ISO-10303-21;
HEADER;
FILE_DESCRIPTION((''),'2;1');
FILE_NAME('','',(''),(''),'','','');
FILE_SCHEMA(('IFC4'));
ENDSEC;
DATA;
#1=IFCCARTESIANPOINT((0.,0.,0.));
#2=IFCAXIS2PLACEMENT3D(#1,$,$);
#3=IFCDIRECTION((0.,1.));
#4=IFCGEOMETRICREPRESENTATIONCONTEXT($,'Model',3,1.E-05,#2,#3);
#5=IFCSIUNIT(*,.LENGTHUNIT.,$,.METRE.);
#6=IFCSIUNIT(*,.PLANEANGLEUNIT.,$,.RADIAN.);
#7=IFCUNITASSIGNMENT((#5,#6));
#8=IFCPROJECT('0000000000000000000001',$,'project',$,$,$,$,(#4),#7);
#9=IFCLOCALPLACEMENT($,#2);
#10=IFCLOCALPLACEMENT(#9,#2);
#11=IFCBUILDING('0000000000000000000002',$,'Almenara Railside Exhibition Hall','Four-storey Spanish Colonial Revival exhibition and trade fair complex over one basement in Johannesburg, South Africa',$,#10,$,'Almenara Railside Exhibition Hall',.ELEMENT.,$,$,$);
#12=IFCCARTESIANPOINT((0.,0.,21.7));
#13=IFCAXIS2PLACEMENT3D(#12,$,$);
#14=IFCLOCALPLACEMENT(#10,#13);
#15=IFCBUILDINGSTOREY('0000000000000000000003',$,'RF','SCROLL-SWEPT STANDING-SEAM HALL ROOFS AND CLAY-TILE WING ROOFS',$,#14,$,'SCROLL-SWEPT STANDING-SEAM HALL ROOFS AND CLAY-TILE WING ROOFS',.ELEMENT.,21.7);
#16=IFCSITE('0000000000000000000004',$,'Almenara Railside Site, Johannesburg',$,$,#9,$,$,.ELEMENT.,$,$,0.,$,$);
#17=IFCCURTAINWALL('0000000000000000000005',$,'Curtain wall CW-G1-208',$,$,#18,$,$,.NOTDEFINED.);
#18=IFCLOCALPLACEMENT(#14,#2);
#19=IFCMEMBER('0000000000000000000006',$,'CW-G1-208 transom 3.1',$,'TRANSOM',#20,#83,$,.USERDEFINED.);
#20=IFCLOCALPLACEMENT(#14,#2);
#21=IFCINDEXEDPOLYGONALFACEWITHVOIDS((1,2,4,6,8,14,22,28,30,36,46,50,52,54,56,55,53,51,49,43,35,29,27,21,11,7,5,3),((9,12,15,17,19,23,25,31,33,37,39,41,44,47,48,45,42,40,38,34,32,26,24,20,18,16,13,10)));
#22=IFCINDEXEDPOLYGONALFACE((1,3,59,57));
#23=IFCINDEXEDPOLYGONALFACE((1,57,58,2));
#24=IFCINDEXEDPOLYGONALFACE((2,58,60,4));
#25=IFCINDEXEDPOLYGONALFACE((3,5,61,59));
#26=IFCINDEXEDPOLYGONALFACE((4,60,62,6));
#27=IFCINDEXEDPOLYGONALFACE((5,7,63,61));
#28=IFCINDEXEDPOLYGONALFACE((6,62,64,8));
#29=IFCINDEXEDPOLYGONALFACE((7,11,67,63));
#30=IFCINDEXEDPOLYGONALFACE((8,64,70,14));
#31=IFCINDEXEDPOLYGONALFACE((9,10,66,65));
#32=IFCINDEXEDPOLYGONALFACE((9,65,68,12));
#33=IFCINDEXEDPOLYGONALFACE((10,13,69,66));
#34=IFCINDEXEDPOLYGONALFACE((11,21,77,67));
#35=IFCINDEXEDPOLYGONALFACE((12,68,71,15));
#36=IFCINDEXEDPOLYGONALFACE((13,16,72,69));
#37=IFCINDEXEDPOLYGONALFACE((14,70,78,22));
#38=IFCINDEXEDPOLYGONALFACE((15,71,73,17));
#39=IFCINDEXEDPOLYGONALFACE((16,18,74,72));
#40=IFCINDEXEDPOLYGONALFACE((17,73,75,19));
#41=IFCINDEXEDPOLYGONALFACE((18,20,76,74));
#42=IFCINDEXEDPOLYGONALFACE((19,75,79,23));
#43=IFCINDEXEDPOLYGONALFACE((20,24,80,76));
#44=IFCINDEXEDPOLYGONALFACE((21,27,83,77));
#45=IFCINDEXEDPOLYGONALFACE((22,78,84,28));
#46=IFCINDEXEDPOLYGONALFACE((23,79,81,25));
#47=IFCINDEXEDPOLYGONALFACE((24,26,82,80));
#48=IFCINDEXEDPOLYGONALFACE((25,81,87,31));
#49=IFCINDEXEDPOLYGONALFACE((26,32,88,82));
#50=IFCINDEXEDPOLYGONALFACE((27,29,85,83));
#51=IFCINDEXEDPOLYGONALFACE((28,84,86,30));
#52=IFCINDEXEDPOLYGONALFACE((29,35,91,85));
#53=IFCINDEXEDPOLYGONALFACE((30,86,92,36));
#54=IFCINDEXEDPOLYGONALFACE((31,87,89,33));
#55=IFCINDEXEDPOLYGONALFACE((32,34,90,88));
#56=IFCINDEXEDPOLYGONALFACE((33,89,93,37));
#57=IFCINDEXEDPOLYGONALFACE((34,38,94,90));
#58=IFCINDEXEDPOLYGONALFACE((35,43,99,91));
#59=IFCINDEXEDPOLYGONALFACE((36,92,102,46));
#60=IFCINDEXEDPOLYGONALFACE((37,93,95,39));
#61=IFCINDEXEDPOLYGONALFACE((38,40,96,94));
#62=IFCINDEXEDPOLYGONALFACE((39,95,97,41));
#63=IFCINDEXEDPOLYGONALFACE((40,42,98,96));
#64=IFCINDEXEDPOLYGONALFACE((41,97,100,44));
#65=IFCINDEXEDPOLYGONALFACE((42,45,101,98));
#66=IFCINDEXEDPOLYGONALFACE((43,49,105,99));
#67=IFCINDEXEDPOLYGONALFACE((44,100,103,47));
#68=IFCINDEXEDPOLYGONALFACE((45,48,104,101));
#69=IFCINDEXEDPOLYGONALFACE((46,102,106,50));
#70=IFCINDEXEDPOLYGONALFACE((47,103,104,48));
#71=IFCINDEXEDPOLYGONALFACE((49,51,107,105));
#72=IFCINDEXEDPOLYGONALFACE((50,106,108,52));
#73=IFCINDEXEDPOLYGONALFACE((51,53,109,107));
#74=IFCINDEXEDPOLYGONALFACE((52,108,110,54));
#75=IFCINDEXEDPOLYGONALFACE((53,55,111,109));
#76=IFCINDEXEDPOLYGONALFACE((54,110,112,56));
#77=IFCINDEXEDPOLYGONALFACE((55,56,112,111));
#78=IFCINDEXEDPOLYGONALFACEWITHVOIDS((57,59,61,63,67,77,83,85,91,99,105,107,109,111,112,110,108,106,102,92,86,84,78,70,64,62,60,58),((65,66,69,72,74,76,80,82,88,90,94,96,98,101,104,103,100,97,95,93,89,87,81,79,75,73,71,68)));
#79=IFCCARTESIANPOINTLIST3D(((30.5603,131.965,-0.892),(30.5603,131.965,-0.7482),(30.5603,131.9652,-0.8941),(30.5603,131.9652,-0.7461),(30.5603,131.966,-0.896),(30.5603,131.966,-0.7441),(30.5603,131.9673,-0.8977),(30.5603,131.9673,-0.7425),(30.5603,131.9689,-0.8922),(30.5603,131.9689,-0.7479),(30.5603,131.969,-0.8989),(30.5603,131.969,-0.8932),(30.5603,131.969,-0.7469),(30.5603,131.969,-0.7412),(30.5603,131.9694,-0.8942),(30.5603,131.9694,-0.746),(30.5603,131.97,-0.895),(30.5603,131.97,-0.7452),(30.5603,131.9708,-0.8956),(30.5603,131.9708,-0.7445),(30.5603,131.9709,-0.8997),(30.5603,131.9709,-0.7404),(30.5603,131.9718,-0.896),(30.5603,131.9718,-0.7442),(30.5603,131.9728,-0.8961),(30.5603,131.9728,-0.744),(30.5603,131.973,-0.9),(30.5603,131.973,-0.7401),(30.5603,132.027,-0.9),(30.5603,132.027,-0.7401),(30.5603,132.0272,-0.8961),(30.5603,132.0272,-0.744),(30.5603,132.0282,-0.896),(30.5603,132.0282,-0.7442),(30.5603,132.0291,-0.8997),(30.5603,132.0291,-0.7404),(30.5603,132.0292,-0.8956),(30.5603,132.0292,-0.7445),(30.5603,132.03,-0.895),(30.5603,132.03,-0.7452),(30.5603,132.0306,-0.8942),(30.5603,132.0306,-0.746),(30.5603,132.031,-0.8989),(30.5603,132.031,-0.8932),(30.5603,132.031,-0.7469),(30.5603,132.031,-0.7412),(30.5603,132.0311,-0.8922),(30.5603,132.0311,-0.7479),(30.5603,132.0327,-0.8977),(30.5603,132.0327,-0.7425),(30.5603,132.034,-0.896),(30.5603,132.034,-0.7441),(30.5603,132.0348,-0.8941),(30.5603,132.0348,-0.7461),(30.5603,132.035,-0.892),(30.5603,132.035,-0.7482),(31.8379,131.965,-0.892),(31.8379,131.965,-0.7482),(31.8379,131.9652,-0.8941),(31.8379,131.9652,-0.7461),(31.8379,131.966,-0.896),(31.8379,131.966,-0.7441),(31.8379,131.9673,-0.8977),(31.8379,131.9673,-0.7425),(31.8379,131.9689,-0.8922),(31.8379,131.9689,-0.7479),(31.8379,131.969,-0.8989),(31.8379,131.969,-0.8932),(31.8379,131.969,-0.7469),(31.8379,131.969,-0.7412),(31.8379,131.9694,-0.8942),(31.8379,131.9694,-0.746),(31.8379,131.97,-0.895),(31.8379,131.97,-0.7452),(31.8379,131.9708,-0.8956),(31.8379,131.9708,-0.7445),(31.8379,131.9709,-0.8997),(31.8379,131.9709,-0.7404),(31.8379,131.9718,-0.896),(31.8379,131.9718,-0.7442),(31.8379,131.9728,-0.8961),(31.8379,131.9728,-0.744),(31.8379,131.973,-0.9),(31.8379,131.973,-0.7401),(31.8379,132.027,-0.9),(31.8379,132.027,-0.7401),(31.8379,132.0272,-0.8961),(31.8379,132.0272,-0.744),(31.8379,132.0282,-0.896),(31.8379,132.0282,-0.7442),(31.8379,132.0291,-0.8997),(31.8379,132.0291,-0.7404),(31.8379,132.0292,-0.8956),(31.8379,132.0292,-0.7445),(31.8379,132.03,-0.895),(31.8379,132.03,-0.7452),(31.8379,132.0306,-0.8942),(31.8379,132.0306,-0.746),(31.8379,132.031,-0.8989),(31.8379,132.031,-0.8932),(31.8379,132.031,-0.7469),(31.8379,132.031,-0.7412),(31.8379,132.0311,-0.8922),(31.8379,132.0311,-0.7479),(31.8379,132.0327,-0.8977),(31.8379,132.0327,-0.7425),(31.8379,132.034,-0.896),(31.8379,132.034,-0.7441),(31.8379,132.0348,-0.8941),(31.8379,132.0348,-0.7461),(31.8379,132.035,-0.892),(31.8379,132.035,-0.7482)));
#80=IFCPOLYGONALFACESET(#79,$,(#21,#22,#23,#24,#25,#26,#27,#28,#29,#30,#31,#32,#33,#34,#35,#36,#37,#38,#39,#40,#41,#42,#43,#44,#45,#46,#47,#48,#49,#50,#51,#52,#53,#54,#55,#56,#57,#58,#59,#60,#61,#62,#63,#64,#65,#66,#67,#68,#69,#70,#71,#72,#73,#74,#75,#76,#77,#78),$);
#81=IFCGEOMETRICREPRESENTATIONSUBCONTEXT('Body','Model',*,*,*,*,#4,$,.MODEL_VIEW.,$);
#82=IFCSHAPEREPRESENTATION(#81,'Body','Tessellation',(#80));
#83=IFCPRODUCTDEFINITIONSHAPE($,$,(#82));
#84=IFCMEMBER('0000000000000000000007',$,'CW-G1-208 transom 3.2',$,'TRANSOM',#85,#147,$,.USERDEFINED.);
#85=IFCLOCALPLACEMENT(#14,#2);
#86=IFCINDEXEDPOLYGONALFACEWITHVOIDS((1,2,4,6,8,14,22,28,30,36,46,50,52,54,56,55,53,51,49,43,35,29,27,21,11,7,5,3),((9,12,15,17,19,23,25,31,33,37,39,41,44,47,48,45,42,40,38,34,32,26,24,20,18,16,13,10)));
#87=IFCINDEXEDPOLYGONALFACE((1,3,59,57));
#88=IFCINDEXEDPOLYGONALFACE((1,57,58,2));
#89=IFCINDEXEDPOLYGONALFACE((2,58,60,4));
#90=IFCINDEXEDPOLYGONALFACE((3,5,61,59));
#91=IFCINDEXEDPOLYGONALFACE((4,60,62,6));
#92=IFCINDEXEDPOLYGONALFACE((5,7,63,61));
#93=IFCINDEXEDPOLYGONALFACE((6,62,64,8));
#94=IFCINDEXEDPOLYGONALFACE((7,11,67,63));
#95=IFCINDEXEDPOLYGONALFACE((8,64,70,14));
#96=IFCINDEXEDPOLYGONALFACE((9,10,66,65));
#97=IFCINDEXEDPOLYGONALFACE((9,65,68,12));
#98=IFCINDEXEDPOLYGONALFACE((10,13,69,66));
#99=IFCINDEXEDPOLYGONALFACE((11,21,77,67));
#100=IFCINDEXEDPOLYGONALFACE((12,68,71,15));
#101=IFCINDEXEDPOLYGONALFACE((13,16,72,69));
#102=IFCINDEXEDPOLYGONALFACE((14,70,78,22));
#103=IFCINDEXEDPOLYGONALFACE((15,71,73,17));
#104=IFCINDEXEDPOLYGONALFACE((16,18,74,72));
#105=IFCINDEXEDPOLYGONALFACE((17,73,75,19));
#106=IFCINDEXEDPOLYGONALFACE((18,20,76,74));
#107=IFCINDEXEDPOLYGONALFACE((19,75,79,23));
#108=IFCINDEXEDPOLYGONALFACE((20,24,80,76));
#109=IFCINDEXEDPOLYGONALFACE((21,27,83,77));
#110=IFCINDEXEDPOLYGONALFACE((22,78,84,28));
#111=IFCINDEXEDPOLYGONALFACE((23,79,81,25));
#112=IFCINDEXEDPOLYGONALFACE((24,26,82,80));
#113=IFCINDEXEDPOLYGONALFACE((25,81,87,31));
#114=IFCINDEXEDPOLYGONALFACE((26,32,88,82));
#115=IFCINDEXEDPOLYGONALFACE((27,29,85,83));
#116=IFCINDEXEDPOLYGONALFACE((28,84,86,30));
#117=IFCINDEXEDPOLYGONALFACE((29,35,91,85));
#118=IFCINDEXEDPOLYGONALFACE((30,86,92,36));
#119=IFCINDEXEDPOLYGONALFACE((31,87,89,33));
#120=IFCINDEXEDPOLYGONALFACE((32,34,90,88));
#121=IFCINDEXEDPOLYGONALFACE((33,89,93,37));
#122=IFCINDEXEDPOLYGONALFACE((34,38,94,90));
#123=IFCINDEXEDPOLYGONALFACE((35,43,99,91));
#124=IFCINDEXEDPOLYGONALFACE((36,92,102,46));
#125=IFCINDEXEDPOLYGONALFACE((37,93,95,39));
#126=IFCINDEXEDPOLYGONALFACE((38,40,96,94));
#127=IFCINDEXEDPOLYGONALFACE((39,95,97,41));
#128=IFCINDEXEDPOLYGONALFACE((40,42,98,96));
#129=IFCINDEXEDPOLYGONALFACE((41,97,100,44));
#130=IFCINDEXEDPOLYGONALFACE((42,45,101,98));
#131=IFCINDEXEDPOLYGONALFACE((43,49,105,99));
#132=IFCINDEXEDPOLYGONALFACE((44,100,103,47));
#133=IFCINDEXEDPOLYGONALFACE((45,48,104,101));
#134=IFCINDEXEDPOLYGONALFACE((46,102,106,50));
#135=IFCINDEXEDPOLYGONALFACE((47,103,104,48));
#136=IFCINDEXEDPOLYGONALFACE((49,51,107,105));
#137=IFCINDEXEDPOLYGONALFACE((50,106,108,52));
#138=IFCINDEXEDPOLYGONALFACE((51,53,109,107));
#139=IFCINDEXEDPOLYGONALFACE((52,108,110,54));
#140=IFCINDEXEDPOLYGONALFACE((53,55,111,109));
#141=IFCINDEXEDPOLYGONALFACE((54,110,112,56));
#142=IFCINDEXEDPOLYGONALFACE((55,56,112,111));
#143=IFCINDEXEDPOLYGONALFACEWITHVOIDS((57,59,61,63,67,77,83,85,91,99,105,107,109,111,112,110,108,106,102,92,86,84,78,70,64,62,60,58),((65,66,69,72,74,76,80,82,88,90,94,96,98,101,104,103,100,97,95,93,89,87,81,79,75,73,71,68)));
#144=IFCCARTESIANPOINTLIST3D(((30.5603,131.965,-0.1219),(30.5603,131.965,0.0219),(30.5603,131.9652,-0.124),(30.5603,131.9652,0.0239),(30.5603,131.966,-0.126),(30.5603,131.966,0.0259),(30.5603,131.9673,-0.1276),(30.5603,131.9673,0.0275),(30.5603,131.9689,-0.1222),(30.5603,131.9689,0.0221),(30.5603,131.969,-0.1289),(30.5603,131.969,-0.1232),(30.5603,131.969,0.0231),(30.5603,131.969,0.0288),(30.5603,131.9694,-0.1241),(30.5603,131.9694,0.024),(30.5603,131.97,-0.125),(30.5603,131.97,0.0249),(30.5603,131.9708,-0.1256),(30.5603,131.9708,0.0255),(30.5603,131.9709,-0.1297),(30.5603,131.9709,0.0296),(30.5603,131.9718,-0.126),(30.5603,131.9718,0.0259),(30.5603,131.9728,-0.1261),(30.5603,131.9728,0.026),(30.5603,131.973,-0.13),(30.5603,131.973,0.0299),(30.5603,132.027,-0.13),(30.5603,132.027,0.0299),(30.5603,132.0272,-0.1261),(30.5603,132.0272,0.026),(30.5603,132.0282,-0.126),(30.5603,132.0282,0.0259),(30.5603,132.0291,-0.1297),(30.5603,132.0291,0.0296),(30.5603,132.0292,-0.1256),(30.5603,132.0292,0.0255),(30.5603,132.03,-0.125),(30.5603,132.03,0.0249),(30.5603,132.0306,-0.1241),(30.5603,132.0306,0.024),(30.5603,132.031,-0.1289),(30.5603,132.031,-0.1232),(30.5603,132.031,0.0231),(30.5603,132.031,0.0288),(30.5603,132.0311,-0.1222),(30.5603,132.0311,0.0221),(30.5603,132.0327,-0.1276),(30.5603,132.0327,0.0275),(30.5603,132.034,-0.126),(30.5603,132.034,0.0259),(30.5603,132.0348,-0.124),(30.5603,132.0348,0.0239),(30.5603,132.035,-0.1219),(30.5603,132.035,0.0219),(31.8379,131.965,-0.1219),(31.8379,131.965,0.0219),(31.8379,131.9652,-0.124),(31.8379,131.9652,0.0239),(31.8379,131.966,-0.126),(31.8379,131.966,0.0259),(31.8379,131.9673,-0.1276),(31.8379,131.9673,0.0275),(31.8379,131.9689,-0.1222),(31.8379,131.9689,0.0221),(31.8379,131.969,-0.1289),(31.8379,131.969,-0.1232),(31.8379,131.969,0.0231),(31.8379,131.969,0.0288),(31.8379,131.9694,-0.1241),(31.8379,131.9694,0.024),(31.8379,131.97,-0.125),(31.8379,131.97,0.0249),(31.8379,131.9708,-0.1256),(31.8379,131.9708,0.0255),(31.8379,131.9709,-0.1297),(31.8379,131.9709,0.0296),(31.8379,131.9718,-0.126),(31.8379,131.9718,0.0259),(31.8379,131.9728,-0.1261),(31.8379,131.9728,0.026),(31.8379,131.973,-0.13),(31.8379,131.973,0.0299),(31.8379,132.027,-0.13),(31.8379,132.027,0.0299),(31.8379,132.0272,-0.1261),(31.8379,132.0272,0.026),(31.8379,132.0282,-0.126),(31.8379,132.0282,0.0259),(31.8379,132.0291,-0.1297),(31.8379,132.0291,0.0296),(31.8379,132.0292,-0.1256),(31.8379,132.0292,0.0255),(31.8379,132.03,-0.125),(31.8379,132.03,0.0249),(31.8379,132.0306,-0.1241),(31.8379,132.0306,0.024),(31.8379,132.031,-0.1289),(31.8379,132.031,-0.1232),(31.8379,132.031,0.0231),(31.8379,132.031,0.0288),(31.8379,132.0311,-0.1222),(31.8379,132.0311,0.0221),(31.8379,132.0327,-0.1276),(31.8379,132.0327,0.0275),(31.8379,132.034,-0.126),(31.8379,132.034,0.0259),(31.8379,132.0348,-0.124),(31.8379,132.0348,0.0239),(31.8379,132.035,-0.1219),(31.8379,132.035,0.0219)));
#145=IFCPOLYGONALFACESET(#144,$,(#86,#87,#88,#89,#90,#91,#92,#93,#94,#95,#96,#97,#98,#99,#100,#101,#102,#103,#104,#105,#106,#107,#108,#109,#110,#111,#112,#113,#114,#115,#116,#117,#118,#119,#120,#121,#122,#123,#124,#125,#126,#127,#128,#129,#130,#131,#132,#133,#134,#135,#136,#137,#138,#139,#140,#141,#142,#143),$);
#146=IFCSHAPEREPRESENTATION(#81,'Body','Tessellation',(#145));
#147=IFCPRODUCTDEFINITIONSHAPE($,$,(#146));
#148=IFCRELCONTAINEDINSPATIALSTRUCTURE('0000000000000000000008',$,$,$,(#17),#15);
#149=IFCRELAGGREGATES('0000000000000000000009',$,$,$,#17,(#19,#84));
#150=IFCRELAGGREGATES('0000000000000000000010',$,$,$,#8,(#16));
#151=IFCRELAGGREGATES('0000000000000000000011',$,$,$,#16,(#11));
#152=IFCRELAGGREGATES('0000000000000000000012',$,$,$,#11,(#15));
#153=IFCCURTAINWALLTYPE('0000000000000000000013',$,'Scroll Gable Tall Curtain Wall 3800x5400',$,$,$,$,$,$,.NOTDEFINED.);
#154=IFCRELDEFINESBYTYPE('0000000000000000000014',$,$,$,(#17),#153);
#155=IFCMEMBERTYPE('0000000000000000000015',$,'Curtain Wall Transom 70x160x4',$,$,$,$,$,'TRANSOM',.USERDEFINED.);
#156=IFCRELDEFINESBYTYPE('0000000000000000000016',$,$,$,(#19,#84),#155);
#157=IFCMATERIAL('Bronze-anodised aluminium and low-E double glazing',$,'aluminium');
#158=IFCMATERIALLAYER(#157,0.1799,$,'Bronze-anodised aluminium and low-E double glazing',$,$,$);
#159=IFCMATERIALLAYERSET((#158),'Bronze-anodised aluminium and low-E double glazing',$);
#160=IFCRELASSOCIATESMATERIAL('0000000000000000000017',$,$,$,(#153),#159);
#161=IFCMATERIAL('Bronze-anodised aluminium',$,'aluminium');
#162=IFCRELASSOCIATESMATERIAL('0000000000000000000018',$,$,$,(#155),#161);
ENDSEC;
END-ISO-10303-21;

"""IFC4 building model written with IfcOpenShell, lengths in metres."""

from ifc_helpers import new_model, si_unit, direction, frame, origin, origin_2d, place, context, subcontext, project, spatial, hollow_rectangle, extrude, material, layer, layer_set, material_profile, profile_set, type_object, element, aggregate, save


model = new_model("IFC4")

# Units and contexts
model_context = context("Model", 3, precision=1e-05, world=origin(), true_north=direction((0.0, 1.0)))
body_context = subcontext(model_context, "Body", "Model", "MODEL_VIEW")
ifc_project = project(units=[si_unit("LENGTHUNIT", "METRE"), si_unit("PLANEANGLEUNIT", "RADIAN")], contexts=[model_context])

# Site, building, storey
site_placement = place(None, origin())
site = spatial("IfcSite", under=ifc_project, at=site_placement, Name="Almenara Railside Site, Johannesburg", CompositionType="ELEMENT", RefElevation=0.0)
building_placement = place(site_placement, origin())
building = spatial("IfcBuilding", under=site, at=building_placement, Name="Almenara Railside Exhibition Hall", Description="Four-storey Spanish Colonial Revival exhibition and trade fair complex over one basement in Johannesburg, South Africa", LongName="Almenara Railside Exhibition Hall", CompositionType="ELEMENT")
storey_placement = place(building_placement, frame((0.0, 0.0, 21.7)))
storey = spatial("IfcBuildingStorey", under=building, at=storey_placement, Name="RF", Description="SCROLL-SWEPT STANDING-SEAM HALL ROOFS AND CLAY-TILE WING ROOFS", LongName="SCROLL-SWEPT STANDING-SEAM HALL ROOFS AND CLAY-TILE WING ROOFS", CompositionType="ELEMENT", Elevation=21.7)

# Shared definitions
ifc_material_1 = material(Name="Bronze-anodised aluminium and low-E double glazing", Category="aluminium")
ifc_layer_1 = layer(ifc_material_1, 0.1799, Name="Bronze-anodised aluminium and low-E double glazing")
ifc_layer_set_1 = layer_set([ifc_layer_1], Name="Bronze-anodised aluminium and low-E double glazing")
curtain_wall_type = type_object("IfcCurtainWallType", Name="Scroll Gable Tall Curtain Wall 3800x5400", PredefinedType="NOTDEFINED", material=ifc_layer_set_1)
ifc_material_2 = material(Name="Bronze-anodised aluminium", Category="aluminium")

# Curtain wall
curtain_wall_1_placement = place(storey_placement, origin())
curtain_wall_1 = element("IfcCurtainWall", 1, at=curtain_wall_1_placement, inside=storey, type_object=curtain_wall_type, Name="Curtain wall CW-G1-208", PredefinedType="NOTDEFINED")

# Members
ifc_material_profile_1 = material_profile(ifc_material_2, hollow_rectangle(XDim=0.0701, YDim=0.1599, WallThickness=0.0039, InnerFilletRadius=0.0039, OuterFilletRadius=0.0081, at=origin_2d()), Name="ALU-TRN 70x160x4")
ifc_profile_set_1 = profile_set([ifc_material_profile_1], Name="Bronze-anodised aluminium")
member_type_1 = type_object("IfcMemberType", Name="Curtain Wall Transom 70x160x4", ElementType="TRANSOM", PredefinedType="USERDEFINED", material=ifc_profile_set_1)
member_1_placement = place(storey_placement, frame((30.5603, 132.0, -0.8201), z_axis=(1.0, 0.0, 0.0), x_axis=(0.0, 1.0, 0.0)))
member_1 = element("IfcMember", 2, at=member_1_placement, type_object=member_type_1, Name="CW-G1-208 transom 3.1", ObjectType="TRANSOM", PredefinedType="USERDEFINED", context=body_context, shape_type="SweptSolid", body=[
    extrude(hollow_rectangle(XDim=0.0701, YDim=0.1599, WallThickness=0.0039, InnerFilletRadius=0.0039, OuterFilletRadius=0.0081, at=origin_2d()), origin(), (0.0, 0.0, 1.0), 1.2776),
])
member_2_placement = place(storey_placement, frame((30.5603, 132.0, -0.05), z_axis=(1.0, 0.0, 0.0), x_axis=(0.0, 1.0, 0.0)))
member_2 = element("IfcMember", 3, at=member_2_placement, type_object=member_type_1, Name="CW-G1-208 transom 3.2", ObjectType="TRANSOM", PredefinedType="USERDEFINED", context=body_context, shape_type="SweptSolid", body=[
    extrude(hollow_rectangle(XDim=0.0701, YDim=0.1599, WallThickness=0.0039, InnerFilletRadius=0.0039, OuterFilletRadius=0.0081, at=origin_2d()), origin(), (0.0, 0.0, 1.0), 1.2776),
])

aggregate(curtain_wall_1, [member_1, member_2])

save(model, "model.ifc")
